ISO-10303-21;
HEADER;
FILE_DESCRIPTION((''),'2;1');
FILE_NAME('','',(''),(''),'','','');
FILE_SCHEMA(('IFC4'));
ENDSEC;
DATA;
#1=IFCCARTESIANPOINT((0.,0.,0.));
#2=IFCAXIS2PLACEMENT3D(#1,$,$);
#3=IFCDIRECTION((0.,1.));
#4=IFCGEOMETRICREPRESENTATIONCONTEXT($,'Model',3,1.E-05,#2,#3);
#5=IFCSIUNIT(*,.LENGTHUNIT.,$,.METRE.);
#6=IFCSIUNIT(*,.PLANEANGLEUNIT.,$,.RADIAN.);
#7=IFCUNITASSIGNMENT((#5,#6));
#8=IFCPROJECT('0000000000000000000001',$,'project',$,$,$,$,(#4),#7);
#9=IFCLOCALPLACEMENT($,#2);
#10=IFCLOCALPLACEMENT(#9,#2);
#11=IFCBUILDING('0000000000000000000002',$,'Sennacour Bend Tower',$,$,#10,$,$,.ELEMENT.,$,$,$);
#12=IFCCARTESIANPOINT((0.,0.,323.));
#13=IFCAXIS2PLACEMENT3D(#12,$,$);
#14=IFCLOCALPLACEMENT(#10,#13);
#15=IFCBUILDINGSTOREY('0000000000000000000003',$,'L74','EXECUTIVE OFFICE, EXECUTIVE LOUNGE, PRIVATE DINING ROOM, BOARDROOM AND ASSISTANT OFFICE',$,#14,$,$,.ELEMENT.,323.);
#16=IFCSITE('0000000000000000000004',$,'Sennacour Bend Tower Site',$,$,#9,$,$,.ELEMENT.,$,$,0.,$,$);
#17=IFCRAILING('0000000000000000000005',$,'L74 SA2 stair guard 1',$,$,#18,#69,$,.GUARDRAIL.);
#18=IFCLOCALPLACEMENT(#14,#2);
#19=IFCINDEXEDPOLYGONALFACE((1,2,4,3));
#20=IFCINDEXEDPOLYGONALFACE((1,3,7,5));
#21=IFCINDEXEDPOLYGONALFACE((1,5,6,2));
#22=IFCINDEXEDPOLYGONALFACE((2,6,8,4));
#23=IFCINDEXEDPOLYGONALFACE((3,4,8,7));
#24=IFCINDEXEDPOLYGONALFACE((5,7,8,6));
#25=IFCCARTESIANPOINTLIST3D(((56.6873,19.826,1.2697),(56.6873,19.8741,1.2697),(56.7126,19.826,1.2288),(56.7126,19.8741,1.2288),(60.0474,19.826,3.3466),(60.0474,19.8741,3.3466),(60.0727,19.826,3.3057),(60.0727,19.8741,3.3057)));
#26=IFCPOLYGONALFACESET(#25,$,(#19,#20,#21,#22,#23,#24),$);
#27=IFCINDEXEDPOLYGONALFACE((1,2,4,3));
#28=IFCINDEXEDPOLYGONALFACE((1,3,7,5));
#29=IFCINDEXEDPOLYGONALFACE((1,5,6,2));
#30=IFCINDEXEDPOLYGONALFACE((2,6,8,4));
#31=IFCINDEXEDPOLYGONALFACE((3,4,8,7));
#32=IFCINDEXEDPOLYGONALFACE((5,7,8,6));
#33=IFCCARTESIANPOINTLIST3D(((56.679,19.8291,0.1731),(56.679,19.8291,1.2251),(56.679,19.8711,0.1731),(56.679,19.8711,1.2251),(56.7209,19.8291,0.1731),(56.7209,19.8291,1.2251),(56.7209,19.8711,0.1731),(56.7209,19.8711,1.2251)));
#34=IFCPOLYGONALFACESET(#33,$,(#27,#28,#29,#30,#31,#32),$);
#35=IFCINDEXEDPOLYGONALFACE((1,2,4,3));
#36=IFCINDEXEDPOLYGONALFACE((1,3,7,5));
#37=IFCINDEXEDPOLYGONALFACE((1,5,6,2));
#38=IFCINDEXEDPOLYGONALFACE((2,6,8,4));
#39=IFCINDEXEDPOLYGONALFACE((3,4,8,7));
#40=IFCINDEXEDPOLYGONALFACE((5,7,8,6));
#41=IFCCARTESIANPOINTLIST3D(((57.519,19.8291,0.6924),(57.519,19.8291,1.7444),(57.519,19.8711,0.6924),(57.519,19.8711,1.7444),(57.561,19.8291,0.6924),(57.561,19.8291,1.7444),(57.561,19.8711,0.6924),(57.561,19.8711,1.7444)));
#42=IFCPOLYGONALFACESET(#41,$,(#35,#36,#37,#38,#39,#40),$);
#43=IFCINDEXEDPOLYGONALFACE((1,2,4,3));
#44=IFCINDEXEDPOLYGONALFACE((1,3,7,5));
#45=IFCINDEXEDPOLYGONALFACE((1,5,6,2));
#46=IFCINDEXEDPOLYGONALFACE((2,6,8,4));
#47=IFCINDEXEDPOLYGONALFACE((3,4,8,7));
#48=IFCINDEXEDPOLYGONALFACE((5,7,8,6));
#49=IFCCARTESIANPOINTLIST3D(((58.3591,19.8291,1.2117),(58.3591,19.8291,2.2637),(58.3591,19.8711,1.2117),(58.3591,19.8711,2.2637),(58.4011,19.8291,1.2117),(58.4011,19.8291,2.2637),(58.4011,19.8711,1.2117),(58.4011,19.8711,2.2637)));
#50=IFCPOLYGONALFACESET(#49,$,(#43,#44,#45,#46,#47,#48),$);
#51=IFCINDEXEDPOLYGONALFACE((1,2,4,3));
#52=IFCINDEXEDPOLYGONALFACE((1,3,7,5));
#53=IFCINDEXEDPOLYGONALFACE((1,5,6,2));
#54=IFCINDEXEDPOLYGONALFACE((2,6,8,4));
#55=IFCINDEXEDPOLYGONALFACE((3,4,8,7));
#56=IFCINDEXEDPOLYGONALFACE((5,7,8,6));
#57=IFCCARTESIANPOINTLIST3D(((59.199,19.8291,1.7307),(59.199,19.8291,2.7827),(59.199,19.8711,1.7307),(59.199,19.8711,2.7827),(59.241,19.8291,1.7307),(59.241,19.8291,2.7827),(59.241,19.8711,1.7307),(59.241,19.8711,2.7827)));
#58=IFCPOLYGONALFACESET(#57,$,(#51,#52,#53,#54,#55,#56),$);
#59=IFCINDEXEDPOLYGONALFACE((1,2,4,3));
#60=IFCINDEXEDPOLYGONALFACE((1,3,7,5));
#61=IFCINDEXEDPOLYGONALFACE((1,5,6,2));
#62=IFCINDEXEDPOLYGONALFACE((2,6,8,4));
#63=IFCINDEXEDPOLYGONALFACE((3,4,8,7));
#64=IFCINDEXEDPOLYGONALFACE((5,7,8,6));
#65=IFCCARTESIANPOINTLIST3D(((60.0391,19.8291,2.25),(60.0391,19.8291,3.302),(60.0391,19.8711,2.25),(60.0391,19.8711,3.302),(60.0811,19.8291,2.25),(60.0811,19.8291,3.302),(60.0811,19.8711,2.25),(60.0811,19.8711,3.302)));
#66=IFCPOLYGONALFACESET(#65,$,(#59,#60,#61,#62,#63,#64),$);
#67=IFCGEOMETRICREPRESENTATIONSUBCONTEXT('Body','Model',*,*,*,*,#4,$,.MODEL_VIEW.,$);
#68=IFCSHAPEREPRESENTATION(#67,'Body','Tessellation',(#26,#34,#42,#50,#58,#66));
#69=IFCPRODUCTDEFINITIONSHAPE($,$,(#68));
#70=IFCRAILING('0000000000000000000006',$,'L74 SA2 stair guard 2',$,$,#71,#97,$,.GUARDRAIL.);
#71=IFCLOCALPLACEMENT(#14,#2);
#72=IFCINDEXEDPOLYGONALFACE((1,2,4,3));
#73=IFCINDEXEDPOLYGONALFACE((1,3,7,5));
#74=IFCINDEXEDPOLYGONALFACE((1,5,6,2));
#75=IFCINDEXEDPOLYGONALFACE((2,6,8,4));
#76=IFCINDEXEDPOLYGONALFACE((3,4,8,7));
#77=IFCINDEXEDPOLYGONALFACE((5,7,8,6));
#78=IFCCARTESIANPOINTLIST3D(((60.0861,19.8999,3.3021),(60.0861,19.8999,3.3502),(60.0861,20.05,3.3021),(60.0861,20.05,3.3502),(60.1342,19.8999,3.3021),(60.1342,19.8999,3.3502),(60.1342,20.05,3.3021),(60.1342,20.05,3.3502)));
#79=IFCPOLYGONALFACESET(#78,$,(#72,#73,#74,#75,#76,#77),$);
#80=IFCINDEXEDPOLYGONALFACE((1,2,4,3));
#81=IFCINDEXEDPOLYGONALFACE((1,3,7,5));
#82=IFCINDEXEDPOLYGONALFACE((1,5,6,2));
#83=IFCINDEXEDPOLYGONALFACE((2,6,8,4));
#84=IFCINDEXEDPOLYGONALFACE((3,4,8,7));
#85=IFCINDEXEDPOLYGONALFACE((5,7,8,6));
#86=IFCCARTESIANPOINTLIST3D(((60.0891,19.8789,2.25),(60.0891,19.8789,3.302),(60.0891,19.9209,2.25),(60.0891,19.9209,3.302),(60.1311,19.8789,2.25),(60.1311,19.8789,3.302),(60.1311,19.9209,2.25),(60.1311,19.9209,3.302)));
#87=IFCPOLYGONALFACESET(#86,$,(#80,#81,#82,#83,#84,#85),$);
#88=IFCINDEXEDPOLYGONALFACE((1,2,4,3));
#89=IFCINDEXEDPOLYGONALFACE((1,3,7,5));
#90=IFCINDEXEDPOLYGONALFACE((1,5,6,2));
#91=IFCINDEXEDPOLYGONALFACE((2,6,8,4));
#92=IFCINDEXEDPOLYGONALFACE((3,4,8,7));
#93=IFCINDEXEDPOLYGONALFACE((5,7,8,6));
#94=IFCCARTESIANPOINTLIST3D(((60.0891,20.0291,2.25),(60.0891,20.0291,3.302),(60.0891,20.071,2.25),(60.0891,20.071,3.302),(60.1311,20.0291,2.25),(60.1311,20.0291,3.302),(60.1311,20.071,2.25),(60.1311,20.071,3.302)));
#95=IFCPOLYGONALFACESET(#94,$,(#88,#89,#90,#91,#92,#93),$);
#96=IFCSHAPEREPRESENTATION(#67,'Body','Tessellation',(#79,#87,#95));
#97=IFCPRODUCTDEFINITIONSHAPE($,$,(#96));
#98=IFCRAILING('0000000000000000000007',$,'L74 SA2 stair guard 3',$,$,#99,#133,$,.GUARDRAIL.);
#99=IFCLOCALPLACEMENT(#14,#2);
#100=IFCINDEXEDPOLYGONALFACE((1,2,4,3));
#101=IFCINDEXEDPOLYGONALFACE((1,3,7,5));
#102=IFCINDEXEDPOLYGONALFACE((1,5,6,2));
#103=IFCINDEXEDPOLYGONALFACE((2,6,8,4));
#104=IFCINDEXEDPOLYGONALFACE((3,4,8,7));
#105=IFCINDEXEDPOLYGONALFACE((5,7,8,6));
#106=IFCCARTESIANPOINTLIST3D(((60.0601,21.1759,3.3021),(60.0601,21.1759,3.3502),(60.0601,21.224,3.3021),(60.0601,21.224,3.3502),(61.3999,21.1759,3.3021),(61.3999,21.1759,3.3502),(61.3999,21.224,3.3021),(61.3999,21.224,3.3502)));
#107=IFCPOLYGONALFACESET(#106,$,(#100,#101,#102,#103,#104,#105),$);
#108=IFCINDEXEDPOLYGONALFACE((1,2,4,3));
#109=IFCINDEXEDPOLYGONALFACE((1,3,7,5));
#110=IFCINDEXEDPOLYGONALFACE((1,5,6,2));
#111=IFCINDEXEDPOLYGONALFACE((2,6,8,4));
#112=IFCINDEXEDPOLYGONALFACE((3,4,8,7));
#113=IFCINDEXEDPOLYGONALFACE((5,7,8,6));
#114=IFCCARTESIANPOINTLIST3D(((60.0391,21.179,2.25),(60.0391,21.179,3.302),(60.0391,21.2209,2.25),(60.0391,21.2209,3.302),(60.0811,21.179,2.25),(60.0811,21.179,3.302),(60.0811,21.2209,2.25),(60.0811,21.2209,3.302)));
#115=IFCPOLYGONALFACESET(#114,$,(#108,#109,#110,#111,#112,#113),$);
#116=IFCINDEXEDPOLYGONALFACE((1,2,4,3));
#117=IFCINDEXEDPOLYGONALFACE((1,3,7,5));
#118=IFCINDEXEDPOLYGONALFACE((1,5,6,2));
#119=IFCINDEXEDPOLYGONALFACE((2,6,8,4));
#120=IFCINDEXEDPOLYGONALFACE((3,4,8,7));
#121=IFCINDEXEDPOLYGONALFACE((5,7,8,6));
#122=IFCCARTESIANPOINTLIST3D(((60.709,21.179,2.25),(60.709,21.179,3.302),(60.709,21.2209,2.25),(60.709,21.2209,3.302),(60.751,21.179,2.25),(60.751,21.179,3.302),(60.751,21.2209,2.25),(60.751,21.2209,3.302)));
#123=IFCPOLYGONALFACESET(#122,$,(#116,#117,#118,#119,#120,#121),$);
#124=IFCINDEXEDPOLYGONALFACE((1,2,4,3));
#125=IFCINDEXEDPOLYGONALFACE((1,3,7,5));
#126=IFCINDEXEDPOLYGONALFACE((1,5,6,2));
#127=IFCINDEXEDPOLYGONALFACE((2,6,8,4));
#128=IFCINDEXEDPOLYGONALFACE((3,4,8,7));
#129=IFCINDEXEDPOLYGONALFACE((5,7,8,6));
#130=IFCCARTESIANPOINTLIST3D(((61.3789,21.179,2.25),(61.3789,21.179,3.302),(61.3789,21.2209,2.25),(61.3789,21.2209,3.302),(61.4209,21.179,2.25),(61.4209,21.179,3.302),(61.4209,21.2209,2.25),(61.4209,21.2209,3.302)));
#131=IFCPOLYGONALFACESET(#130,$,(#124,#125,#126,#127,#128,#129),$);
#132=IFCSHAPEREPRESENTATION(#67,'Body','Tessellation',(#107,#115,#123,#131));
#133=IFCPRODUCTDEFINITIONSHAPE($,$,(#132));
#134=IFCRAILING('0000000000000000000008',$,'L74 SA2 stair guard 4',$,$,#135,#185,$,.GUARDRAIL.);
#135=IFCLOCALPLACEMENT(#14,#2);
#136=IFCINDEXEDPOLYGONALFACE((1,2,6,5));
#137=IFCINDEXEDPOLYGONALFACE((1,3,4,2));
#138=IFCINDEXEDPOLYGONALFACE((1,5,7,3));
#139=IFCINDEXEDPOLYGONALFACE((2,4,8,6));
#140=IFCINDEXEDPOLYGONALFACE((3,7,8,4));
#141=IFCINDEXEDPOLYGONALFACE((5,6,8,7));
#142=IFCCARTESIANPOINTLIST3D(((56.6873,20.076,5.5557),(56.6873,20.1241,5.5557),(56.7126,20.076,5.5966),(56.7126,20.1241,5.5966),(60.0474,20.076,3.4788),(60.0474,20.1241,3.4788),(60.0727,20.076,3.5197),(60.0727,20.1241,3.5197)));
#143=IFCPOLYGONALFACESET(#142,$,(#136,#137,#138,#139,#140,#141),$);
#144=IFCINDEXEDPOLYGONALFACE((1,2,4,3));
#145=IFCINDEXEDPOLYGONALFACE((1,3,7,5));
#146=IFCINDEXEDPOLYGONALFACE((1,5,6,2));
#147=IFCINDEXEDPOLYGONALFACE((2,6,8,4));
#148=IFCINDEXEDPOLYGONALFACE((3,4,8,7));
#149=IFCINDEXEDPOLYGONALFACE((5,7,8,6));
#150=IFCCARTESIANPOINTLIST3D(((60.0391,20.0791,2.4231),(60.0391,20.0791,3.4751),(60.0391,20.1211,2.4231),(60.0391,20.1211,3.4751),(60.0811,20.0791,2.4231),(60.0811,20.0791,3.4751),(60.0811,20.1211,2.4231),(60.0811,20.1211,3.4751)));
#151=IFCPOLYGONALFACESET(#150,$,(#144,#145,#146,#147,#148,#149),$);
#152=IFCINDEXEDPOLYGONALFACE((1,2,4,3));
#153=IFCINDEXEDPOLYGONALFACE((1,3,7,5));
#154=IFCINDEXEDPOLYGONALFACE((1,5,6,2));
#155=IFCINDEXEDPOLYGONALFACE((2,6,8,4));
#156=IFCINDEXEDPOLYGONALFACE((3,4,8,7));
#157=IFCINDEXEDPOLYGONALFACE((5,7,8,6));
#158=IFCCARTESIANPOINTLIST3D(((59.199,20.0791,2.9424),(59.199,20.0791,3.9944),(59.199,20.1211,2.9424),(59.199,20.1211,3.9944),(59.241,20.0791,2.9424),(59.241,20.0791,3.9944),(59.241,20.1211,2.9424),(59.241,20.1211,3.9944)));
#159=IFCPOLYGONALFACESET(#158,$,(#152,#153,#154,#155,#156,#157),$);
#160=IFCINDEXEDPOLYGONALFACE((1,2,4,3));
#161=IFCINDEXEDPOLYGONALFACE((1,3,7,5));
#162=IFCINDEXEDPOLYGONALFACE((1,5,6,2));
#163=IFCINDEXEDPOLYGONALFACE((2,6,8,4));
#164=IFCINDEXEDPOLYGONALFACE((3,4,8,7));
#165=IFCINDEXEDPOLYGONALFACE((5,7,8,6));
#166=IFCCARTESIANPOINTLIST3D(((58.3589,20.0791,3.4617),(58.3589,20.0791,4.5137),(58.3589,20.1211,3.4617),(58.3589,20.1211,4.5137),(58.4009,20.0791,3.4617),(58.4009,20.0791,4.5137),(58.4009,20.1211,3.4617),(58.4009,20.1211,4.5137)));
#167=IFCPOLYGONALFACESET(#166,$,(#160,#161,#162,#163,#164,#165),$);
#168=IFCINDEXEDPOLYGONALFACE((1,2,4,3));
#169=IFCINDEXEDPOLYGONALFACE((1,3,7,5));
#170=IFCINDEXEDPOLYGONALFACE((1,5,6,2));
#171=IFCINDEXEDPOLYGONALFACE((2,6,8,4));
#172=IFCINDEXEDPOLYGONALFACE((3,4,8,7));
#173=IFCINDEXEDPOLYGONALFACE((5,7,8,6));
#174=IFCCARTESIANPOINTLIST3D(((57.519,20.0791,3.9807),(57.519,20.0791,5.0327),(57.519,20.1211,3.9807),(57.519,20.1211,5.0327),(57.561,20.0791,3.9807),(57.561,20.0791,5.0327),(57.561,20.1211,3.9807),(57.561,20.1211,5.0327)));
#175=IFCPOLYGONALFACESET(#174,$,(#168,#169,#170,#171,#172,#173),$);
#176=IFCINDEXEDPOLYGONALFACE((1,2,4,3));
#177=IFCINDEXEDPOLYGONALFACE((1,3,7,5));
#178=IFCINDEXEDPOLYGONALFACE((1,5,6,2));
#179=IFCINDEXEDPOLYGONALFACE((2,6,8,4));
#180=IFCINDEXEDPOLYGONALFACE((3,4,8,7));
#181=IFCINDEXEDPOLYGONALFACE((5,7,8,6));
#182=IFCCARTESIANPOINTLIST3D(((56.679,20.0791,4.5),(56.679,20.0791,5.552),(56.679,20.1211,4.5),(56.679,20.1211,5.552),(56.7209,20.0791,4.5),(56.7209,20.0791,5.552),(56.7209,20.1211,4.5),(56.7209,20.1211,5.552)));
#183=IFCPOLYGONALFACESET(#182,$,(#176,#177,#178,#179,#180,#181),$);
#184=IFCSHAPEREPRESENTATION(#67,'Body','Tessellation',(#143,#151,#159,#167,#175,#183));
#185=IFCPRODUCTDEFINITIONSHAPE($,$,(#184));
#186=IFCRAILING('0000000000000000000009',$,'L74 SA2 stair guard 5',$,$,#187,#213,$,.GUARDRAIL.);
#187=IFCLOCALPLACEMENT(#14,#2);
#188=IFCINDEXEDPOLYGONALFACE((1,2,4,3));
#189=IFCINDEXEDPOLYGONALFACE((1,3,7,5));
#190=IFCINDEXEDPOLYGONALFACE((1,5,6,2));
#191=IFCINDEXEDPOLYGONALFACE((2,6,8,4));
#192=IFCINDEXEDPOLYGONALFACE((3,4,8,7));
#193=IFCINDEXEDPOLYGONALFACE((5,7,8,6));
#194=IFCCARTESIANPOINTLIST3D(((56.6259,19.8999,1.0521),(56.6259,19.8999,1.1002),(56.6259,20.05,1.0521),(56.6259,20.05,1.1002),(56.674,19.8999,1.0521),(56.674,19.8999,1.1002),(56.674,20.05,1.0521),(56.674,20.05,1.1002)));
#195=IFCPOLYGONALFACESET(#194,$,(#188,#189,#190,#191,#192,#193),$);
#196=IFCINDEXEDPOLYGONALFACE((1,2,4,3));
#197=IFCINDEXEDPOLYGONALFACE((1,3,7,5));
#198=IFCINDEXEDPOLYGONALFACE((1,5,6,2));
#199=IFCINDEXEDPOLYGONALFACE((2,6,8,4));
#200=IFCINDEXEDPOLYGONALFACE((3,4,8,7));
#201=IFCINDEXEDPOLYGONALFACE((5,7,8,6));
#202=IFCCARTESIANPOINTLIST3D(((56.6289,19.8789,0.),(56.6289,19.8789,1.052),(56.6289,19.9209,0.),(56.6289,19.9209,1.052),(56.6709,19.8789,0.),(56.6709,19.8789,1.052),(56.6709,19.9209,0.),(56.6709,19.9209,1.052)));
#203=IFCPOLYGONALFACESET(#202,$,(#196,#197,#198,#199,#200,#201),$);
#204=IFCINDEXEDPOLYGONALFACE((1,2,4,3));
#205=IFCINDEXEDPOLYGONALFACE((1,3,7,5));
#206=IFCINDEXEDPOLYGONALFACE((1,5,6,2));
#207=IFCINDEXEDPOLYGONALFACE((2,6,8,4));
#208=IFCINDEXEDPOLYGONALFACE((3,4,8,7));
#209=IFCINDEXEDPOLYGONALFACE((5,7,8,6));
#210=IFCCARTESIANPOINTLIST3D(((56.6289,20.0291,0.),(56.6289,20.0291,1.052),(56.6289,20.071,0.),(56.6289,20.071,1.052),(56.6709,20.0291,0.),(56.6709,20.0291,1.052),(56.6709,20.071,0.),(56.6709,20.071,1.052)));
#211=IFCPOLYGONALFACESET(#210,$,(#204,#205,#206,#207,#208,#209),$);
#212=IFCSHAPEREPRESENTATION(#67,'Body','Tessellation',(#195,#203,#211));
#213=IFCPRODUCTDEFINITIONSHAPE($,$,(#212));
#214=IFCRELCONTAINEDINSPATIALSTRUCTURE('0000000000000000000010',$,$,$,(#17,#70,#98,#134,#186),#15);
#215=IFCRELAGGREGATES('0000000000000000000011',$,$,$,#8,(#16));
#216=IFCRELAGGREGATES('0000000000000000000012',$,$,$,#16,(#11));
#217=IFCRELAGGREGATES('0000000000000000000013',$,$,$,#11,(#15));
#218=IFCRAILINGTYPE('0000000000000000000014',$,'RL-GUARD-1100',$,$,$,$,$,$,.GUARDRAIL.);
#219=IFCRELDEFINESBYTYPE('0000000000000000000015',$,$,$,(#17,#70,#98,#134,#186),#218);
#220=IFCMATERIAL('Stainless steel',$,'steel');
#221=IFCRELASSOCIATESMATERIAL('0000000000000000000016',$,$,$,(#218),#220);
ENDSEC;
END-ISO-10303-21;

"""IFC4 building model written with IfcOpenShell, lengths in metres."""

from ifc_helpers import new_model, si_unit, direction, frame, origin, origin_2d, place, context, subcontext, project, spatial, rectangle, extrude, material, type_object, element, save


model = new_model("IFC4")

# Units and contexts
model_context = context("Model", 3, precision=1e-05, world=origin(), true_north=direction((0.0, 1.0)))
body_context = subcontext(model_context, "Body", "Model", "MODEL_VIEW")
ifc_project = project(units=[si_unit("LENGTHUNIT", "METRE"), si_unit("PLANEANGLEUNIT", "RADIAN")], contexts=[model_context])

# Site, building, storey
site_placement = place(None, origin())
site = spatial("IfcSite", under=ifc_project, at=site_placement, Name="Sennacour Bend Tower Site", CompositionType="ELEMENT", RefElevation=0.0)
building_placement = place(site_placement, origin())
building = spatial("IfcBuilding", under=site, at=building_placement, Name="Sennacour Bend Tower", CompositionType="ELEMENT")
storey_placement = place(building_placement, frame((0.0, 0.0, 323.0)))
storey = spatial("IfcBuildingStorey", under=building, at=storey_placement, Name="L74", Description="EXECUTIVE OFFICE, EXECUTIVE LOUNGE, PRIVATE DINING ROOM, BOARDROOM AND ASSISTANT OFFICE", CompositionType="ELEMENT", Elevation=323.0)

# Shared definitions
ifc_material_1 = material(Name="Stainless steel", Category="steel")

# Railings
railing_type_1 = type_object("IfcRailingType", Name="RL-GUARD-1100", PredefinedType="GUARDRAIL", material=ifc_material_1)
railing_1_placement = place(storey_placement, frame((56.7, 19.8501, 0.1731)))
element("IfcRailing", 1, at=railing_1_placement, inside=storey, type_object=railing_type_1, Name="L74 SA2 stair guard 1", PredefinedType="GUARDRAIL", context=body_context, shape_type="SweptSolid", body=[
    extrude(rectangle(XDim=0.0481, YDim=0.0481, at=origin_2d()), frame((0.0, 0.0, 1.0762), z_axis=(0.850623, 0.0, 0.525776), x_axis=(0.0, 1.0, 0.0)), (0.0, 0.0, 1.0), 3.9502),
    extrude(rectangle(XDim=0.042, YDim=0.042, at=origin_2d()), origin(), (0.0, 0.0, 1.0), 1.052),
    extrude(rectangle(XDim=0.042, YDim=0.042, at=origin_2d()), frame((0.8401, 0.0, 0.5193)), (0.0, 0.0, 1.0), 1.052),
    extrude(rectangle(XDim=0.042, YDim=0.042, at=origin_2d()), frame((1.6802, 0.0, 1.0386)), (0.0, 0.0, 1.0), 1.052),
    extrude(rectangle(XDim=0.042, YDim=0.042, at=origin_2d()), frame((2.52, 0.0, 1.5576)), (0.0, 0.0, 1.0), 1.052),
    extrude(rectangle(XDim=0.042, YDim=0.042, at=origin_2d()), frame((3.3601, 0.0, 2.0769)), (0.0, 0.0, 1.0), 1.052),
])
railing_2_placement = place(storey_placement, frame((60.1101, 19.8999, 2.25)))
element("IfcRailing", 2, at=railing_2_placement, inside=storey, type_object=railing_type_1, Name="L74 SA2 stair guard 2", PredefinedType="GUARDRAIL", context=body_context, shape_type="SweptSolid", body=[
    extrude(rectangle(XDim=0.0481, YDim=0.0481, at=origin_2d()), frame((0.0, 0.0, 1.0762), z_axis=(0.0, 1.0, 0.0), x_axis=(-1.0, 0.0, 0.0)), (0.0, 0.0, 1.0), 0.1501),
    extrude(rectangle(XDim=0.042, YDim=0.042, at=origin_2d()), origin(), (0.0, 0.0, 1.0), 1.052),
    extrude(rectangle(XDim=0.042, YDim=0.042, at=origin_2d()), frame((0.0, 0.1501, 0.0)), (0.0, 0.0, 1.0), 1.052),
])
railing_3_placement = place(storey_placement, frame((60.0601, 21.2, 2.25)))
element("IfcRailing", 3, at=railing_3_placement, inside=storey, type_object=railing_type_1, Name="L74 SA2 stair guard 3", PredefinedType="GUARDRAIL", context=body_context, shape_type="SweptSolid", body=[
    extrude(rectangle(XDim=0.0481, YDim=0.0481, at=origin_2d()), frame((0.0, 0.0, 1.0762), z_axis=(1.0, 0.0, 0.0), x_axis=(0.0, 1.0, 0.0)), (0.0, 0.0, 1.0), 1.3398),
    extrude(rectangle(XDim=0.042, YDim=0.042, at=origin_2d()), origin(), (0.0, 0.0, 1.0), 1.052),
    extrude(rectangle(XDim=0.042, YDim=0.042, at=origin_2d()), frame((0.6699, 0.0, 0.0)), (0.0, 0.0, 1.0), 1.052),
    extrude(rectangle(XDim=0.042, YDim=0.042, at=origin_2d()), frame((1.3398, 0.0, 0.0)), (0.0, 0.0, 1.0), 1.052),
])
railing_4_placement = place(storey_placement, frame((60.0601, 20.1001, 2.4231)))
element("IfcRailing", 4, at=railing_4_placement, inside=storey, type_object=railing_type_1, Name="L74 SA2 stair guard 4", PredefinedType="GUARDRAIL", context=body_context, shape_type="SweptSolid", body=[
    extrude(rectangle(XDim=0.0481, YDim=0.0481, at=origin_2d()), frame((0.0, 0.0, 1.0762), z_axis=(-0.850623, 0.0, 0.525776), x_axis=(0.0, -1.0, 0.0)), (0.0, 0.0, 1.0), 3.9502),
    extrude(rectangle(XDim=0.042, YDim=0.042, at=origin_2d()), origin(), (0.0, 0.0, 1.0), 1.052),
    extrude(rectangle(XDim=0.042, YDim=0.042, at=origin_2d()), frame((-0.8401, 0.0, 0.5193)), (0.0, 0.0, 1.0), 1.052),
    extrude(rectangle(XDim=0.042, YDim=0.042, at=origin_2d()), frame((-1.6802, 0.0, 1.0386)), (0.0, 0.0, 1.0), 1.052),
    extrude(rectangle(XDim=0.042, YDim=0.042, at=origin_2d()), frame((-2.52, 0.0, 1.5576)), (0.0, 0.0, 1.0), 1.052),
    extrude(rectangle(XDim=0.042, YDim=0.042, at=origin_2d()), frame((-3.3601, 0.0, 2.0769)), (0.0, 0.0, 1.0), 1.052),
])
railing_5_placement = place(storey_placement, frame((56.6499, 19.8999, 0.0)))
element("IfcRailing", 5, at=railing_5_placement, inside=storey, type_object=railing_type_1, Name="L74 SA2 stair guard 5", PredefinedType="GUARDRAIL", context=body_context, shape_type="SweptSolid", body=[
    extrude(rectangle(XDim=0.0481, YDim=0.0481, at=origin_2d()), frame((0.0, 0.0, 1.0762), z_axis=(0.0, 1.0, 0.0), x_axis=(-1.0, 0.0, 0.0)), (0.0, 0.0, 1.0), 0.1501),
    extrude(rectangle(XDim=0.042, YDim=0.042, at=origin_2d()), origin(), (0.0, 0.0, 1.0), 1.052),
    extrude(rectangle(XDim=0.042, YDim=0.042, at=origin_2d()), frame((0.0, 0.1501, 0.0)), (0.0, 0.0, 1.0), 1.052),
])

save(model, "model.ifc")
